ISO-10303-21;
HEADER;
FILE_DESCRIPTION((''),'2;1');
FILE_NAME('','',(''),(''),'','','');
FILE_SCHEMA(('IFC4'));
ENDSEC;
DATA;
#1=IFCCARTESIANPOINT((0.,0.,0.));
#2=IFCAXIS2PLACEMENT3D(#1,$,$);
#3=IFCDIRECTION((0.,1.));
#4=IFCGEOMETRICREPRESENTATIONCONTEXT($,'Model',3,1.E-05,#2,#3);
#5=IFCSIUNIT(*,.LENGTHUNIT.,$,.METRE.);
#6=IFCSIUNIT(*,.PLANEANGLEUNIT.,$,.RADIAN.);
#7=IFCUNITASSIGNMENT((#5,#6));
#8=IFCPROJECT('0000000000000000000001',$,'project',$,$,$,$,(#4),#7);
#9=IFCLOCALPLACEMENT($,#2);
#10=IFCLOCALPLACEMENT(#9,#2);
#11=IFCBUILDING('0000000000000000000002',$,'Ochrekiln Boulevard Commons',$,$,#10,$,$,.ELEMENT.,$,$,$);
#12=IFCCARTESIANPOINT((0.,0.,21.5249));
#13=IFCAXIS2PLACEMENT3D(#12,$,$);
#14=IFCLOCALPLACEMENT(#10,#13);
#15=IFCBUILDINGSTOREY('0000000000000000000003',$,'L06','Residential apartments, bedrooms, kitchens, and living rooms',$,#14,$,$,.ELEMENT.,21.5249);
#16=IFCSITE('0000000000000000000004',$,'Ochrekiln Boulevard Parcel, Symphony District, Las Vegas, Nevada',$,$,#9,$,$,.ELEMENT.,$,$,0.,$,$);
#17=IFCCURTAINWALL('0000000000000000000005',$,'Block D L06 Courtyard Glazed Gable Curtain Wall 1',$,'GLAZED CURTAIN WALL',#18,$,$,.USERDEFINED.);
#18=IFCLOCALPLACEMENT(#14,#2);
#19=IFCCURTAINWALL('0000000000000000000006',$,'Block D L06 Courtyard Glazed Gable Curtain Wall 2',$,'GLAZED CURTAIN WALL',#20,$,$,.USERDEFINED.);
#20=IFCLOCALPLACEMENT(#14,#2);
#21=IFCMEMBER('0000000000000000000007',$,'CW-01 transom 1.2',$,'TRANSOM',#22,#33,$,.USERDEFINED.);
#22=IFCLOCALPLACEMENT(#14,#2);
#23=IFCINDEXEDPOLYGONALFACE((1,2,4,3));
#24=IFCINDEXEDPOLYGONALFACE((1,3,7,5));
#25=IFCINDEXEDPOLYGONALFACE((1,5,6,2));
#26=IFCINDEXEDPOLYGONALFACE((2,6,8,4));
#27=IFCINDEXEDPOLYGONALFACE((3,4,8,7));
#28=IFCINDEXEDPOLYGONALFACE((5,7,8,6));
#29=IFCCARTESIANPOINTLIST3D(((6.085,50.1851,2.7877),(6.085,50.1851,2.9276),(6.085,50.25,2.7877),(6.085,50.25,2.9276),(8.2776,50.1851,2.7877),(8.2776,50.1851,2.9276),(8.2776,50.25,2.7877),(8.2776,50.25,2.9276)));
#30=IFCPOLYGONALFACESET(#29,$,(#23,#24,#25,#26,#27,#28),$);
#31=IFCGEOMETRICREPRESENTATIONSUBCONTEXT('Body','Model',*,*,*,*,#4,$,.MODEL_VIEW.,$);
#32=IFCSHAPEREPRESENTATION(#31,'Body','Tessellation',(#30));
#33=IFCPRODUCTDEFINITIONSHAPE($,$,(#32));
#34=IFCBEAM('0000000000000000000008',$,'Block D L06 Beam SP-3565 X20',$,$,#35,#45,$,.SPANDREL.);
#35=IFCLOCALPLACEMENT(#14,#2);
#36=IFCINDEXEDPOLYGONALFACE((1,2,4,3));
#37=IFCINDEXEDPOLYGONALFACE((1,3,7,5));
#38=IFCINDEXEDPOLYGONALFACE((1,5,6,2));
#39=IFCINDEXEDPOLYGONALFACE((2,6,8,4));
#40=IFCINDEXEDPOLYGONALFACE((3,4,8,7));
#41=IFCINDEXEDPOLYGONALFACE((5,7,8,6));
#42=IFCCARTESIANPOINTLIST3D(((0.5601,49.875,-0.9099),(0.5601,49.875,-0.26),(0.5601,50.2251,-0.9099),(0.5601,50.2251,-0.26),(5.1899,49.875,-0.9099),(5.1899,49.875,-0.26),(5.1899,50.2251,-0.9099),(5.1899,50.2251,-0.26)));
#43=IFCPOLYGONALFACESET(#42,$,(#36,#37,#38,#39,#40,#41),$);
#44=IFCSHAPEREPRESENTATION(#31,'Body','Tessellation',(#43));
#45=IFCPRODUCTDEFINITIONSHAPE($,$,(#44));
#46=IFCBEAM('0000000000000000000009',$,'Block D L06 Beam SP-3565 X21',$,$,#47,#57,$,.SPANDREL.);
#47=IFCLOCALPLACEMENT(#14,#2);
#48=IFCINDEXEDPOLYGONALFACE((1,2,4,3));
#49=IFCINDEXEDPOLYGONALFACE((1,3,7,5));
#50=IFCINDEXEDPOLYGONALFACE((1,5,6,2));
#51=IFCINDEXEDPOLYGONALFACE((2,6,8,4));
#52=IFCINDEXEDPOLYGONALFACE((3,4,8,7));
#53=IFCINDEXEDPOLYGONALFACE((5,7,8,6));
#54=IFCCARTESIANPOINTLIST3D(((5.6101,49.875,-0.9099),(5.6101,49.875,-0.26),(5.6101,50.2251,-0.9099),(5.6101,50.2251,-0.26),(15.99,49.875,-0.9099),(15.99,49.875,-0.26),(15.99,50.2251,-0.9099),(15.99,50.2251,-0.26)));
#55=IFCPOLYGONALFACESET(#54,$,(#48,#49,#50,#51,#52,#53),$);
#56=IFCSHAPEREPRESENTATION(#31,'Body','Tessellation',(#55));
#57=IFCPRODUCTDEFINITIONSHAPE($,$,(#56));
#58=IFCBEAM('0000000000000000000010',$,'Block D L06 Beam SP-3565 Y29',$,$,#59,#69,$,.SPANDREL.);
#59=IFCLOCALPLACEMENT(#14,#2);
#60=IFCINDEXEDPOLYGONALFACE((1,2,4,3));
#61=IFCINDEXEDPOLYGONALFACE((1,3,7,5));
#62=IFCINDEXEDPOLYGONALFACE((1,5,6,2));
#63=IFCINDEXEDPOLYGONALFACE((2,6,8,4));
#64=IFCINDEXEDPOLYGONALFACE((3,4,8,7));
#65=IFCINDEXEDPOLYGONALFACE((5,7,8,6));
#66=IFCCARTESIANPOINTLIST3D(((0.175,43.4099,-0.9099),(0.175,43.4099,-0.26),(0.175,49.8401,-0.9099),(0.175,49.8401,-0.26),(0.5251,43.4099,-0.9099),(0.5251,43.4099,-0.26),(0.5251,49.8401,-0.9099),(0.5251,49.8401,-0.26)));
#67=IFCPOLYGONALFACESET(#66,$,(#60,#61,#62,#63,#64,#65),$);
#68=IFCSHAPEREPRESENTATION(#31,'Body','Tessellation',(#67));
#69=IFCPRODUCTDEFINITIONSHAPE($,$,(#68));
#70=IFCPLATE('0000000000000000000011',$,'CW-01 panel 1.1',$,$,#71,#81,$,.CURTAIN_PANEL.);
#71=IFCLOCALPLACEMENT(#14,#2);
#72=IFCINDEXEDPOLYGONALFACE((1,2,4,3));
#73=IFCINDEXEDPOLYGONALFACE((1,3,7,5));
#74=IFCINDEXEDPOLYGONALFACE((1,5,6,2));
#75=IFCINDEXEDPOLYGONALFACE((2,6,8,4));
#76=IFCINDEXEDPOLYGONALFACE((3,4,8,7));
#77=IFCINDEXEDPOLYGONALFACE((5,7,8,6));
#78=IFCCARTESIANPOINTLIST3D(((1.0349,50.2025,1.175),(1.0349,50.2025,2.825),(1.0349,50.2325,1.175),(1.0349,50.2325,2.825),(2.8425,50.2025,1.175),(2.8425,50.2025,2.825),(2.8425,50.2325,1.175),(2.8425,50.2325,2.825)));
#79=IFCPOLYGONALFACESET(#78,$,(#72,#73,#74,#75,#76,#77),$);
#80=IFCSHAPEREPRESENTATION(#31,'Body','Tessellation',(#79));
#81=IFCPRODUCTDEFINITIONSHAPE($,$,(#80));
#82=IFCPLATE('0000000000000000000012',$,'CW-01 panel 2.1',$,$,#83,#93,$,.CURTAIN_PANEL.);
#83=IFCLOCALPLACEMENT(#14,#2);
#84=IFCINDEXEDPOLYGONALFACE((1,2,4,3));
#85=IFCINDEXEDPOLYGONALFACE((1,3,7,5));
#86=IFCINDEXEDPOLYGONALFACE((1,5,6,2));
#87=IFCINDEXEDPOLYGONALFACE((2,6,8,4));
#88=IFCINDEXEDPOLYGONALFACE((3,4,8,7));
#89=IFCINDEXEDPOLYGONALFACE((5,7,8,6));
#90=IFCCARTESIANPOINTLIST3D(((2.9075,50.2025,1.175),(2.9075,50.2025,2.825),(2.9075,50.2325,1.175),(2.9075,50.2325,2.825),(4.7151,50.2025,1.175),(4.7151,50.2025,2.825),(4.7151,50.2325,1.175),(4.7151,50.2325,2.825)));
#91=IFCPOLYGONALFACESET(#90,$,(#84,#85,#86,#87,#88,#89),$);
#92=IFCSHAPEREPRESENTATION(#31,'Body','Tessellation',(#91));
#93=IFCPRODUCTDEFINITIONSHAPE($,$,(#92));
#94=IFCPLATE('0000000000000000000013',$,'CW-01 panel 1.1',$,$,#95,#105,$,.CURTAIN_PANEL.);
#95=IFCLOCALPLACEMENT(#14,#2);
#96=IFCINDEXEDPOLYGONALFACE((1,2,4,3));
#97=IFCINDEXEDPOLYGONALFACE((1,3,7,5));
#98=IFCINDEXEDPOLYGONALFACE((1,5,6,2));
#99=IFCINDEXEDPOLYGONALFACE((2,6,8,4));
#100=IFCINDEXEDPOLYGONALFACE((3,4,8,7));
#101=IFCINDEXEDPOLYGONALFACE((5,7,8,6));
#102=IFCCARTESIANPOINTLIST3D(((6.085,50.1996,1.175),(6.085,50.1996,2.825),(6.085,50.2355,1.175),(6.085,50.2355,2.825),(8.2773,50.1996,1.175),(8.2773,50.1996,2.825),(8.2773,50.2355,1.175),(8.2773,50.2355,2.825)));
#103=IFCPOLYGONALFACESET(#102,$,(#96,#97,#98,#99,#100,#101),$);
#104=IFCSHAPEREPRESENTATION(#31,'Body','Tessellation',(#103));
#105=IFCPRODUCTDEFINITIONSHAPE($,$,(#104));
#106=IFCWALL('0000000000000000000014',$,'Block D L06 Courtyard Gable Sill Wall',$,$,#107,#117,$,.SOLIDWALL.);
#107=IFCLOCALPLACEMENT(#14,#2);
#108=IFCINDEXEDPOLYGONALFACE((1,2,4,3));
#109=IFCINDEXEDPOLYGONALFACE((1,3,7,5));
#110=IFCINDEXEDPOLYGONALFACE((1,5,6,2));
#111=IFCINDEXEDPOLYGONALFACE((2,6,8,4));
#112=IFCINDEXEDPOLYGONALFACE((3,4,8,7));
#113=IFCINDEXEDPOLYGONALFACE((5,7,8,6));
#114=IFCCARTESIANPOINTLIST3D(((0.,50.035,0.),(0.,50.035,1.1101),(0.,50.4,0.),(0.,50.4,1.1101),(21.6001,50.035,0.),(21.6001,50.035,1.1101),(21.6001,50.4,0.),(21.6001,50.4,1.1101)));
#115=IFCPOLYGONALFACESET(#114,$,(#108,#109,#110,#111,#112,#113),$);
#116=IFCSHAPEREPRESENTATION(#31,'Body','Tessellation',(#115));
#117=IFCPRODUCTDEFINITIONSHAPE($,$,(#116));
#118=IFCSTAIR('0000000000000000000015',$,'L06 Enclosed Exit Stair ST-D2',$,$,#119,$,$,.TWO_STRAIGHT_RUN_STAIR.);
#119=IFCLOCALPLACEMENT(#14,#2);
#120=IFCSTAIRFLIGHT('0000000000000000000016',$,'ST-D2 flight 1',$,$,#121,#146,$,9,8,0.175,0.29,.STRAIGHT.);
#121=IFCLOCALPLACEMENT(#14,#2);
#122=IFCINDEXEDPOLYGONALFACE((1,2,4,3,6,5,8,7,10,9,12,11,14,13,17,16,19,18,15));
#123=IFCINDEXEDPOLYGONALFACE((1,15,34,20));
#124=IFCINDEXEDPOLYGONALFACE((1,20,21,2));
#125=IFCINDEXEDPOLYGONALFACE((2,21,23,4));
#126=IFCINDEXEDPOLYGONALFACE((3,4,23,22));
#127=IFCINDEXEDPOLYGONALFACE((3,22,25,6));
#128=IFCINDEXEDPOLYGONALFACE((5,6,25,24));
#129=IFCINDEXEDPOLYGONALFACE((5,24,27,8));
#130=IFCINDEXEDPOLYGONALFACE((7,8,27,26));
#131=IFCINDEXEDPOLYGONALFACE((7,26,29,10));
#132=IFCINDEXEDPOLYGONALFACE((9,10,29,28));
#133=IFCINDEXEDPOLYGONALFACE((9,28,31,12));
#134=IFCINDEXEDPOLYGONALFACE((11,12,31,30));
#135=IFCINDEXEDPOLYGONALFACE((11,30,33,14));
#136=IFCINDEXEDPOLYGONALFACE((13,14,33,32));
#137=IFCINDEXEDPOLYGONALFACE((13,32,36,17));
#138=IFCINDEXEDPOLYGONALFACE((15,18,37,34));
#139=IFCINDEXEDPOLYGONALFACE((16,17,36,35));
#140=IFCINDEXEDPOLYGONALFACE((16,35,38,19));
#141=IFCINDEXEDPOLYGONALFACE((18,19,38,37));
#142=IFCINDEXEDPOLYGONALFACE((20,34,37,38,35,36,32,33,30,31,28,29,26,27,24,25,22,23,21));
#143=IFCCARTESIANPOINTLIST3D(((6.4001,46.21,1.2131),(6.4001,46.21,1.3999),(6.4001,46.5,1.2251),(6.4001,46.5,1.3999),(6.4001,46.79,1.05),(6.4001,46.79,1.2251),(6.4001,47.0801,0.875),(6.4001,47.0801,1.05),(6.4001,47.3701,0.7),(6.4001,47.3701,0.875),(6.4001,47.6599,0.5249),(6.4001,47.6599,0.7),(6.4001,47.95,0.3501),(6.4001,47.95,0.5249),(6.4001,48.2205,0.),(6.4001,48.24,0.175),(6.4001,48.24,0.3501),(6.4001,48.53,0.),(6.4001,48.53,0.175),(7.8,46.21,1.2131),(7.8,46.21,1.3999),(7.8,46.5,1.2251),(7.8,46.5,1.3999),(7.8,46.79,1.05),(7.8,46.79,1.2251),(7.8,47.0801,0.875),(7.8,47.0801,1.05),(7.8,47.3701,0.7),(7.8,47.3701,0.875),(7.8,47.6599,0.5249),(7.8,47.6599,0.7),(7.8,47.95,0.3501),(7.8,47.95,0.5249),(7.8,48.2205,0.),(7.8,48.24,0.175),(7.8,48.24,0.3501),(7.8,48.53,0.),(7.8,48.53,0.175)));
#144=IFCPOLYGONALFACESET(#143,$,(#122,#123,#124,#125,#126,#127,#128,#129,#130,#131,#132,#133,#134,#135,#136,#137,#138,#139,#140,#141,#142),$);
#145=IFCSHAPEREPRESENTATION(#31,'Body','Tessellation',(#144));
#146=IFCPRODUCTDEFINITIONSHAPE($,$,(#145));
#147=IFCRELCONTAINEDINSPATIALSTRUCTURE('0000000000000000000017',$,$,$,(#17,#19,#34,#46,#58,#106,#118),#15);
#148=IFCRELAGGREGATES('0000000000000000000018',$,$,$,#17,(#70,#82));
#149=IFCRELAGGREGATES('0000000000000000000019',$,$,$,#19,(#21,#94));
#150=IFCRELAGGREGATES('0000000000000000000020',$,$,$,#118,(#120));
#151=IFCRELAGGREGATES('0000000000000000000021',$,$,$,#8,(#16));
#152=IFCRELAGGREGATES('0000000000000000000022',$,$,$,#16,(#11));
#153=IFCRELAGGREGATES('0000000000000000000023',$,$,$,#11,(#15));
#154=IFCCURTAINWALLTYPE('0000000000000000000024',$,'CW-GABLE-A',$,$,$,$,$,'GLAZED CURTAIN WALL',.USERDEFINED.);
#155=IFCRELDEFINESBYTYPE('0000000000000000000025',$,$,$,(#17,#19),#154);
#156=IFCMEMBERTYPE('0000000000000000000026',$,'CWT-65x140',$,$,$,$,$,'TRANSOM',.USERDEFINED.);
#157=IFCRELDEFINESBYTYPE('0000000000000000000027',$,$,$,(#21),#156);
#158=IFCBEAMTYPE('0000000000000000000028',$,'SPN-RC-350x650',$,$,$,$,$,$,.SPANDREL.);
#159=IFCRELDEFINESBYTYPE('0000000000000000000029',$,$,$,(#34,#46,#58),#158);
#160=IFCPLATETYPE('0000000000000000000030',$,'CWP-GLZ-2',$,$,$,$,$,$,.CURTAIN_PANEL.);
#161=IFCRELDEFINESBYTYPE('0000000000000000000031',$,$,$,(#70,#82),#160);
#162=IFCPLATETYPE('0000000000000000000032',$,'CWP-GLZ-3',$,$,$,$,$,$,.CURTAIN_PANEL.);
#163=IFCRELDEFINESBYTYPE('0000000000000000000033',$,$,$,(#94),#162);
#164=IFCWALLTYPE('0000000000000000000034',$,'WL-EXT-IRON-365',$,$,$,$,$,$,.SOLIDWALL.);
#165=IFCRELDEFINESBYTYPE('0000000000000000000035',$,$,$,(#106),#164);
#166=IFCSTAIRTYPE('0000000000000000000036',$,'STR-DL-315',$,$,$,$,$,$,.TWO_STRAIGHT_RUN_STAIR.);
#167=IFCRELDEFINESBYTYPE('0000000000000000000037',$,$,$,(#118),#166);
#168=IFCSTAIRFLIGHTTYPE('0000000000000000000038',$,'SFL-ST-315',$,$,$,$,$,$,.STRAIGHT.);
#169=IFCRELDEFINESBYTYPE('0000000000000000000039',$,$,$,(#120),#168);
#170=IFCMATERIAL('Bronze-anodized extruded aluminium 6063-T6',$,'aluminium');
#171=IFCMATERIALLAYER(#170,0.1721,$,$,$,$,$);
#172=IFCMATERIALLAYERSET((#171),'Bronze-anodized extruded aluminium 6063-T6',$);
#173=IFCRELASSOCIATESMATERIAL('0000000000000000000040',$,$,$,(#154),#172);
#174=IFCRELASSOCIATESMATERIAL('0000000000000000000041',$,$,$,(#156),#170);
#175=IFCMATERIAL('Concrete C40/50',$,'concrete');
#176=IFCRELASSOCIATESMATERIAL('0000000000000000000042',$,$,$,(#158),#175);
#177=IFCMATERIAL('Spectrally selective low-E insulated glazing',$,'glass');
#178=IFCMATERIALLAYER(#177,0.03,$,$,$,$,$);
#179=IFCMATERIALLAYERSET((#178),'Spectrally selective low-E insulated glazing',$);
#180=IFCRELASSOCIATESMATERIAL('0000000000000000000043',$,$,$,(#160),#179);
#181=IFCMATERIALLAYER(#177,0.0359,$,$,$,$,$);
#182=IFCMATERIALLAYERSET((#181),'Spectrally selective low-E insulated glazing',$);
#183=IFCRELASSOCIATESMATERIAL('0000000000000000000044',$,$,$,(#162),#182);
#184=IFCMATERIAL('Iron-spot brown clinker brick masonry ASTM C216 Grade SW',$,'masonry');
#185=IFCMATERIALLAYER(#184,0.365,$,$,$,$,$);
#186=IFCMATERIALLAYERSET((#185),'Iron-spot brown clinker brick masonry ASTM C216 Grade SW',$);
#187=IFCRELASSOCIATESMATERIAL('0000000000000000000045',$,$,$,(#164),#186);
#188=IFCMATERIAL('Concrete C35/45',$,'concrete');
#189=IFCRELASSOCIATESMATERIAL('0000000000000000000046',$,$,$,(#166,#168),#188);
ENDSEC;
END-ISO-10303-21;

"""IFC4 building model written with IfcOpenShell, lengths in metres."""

from ifc_helpers import new_model, si_unit, direction, frame, frame_2d, origin, origin_2d, place, context, subcontext, project, spatial, polyline, rectangle, outline, extrude, material, layer, layer_set, material_profile, profile_set, type_object, element, aggregate, save


model = new_model("IFC4")

# Units and contexts
model_context = context("Model", 3, precision=1e-05, world=origin(), true_north=direction((0.0, 1.0)))
body_context = subcontext(model_context, "Body", "Model", "MODEL_VIEW")
ifc_project = project(units=[si_unit("LENGTHUNIT", "METRE"), si_unit("PLANEANGLEUNIT", "RADIAN")], contexts=[model_context])

# Site, building, storey
site_placement = place(None, origin())
site = spatial("IfcSite", under=ifc_project, at=site_placement, Name="Ochrekiln Boulevard Parcel, Symphony District, Las Vegas, Nevada", CompositionType="ELEMENT", RefElevation=0.0)
building_placement = place(site_placement, origin())
building = spatial("IfcBuilding", under=site, at=building_placement, Name="Ochrekiln Boulevard Commons", CompositionType="ELEMENT")
storey_placement = place(building_placement, frame((0.0, 0.0, 21.5249)))
storey = spatial("IfcBuildingStorey", under=building, at=storey_placement, Name="L06", Description="Residential apartments, bedrooms, kitchens, and living rooms", CompositionType="ELEMENT", Elevation=21.5249)

# Shared definitions
ifc_material_1 = material(Name="Concrete C35/45", Category="concrete")
ifc_material_2 = material(Name="Concrete C40/50", Category="concrete")

# Curtain wall
ifc_material_3 = material(Name="Bronze-anodized extruded aluminium 6063-T6", Category="aluminium")
ifc_layer_1 = layer(ifc_material_3, 0.1721)
ifc_layer_set_1 = layer_set([ifc_layer_1], Name="Bronze-anodized extruded aluminium 6063-T6")
curtain_wall_type = type_object("IfcCurtainWallType", Name="CW-GABLE-A", ElementType="GLAZED CURTAIN WALL", PredefinedType="USERDEFINED", material=ifc_layer_set_1)
curtain_wall_1_placement = place(storey_placement, origin())
curtain_wall_1 = element("IfcCurtainWall", 1, at=curtain_wall_1_placement, inside=storey, type_object=curtain_wall_type, Name="Block D L06 Courtyard Glazed Gable Curtain Wall 1", ObjectType="GLAZED CURTAIN WALL", PredefinedType="USERDEFINED")

# Curtain wall
curtain_wall_2_placement = place(storey_placement, origin())
curtain_wall_2 = element("IfcCurtainWall", 2, at=curtain_wall_2_placement, inside=storey, type_object=curtain_wall_type, Name="Block D L06 Courtyard Glazed Gable Curtain Wall 2", ObjectType="GLAZED CURTAIN WALL", PredefinedType="USERDEFINED")

# Member
ifc_material_profile_1 = material_profile(ifc_material_3, rectangle(XDim=0.0649, YDim=0.1399, at=origin_2d()), Name="ALU-TRN-65x140")
ifc_profile_set_1 = profile_set([ifc_material_profile_1], Name="Bronze-anodized extruded aluminium 6063-T6")
member_type_1 = type_object("IfcMemberType", Name="CWT-65x140", ElementType="TRANSOM", PredefinedType="USERDEFINED", material=ifc_profile_set_1)
member_1_placement = place(storey_placement, frame((6.085, 50.2175, 2.8577), z_axis=(1.0, 0.0, 0.0), x_axis=(0.0, 1.0, 0.0)))
member_1 = element("IfcMember", 3, at=member_1_placement, type_object=member_type_1, Name="CW-01 transom 1.2", ObjectType="TRANSOM", PredefinedType="USERDEFINED", context=body_context, shape_type="SweptSolid", body=[
    extrude(rectangle(XDim=0.0649, YDim=0.1399, at=origin_2d()), origin(), (0.0, 0.0, 1.0), 2.1926),
])

# Beams
ifc_material_profile_2 = material_profile(ifc_material_2, rectangle(XDim=0.3501, YDim=0.6499, at=origin_2d()), Name="RC-SPN-350x650")
ifc_profile_set_2 = profile_set([ifc_material_profile_2], Name="Concrete C40/50")
beam_type_1 = type_object("IfcBeamType", Name="SPN-RC-350x650", PredefinedType="SPANDREL", material=ifc_profile_set_2)
beam_1_placement = place(storey_placement, frame((0.5601, 50.05, -0.585), z_axis=(1.0, 0.0, 0.0), x_axis=(0.0, 1.0, 0.0)))
element("IfcBeam", 4, at=beam_1_placement, inside=storey, type_object=beam_type_1, Name="Block D L06 Beam SP-3565 X20", PredefinedType="SPANDREL", context=body_context, shape_type="SweptSolid", body=[
    extrude(rectangle(XDim=0.3501, YDim=0.6499, at=origin_2d()), origin(), (0.0, 0.0, 1.0), 4.6299),
])
beam_2_placement = place(storey_placement, frame((5.6101, 50.05, -0.585), z_axis=(1.0, 0.0, 0.0), x_axis=(0.0, 1.0, 0.0)))
element("IfcBeam", 5, at=beam_2_placement, inside=storey, type_object=beam_type_1, Name="Block D L06 Beam SP-3565 X21", PredefinedType="SPANDREL", context=body_context, shape_type="SweptSolid", body=[
    extrude(rectangle(XDim=0.3501, YDim=0.6499, at=origin_2d()), origin(), (0.0, 0.0, 1.0), 10.3799),
])
beam_3_placement = place(storey_placement, frame((0.3501, 43.4099, -0.585), z_axis=(0.0, 1.0, 0.0), x_axis=(-1.0, 0.0, 0.0)))
element("IfcBeam", 6, at=beam_3_placement, inside=storey, type_object=beam_type_1, Name="Block D L06 Beam SP-3565 Y29", PredefinedType="SPANDREL", context=body_context, shape_type="SweptSolid", body=[
    extrude(rectangle(XDim=0.3501, YDim=0.6499, at=origin_2d()), origin(), (0.0, 0.0, 1.0), 6.4302),
])

# Plates
ifc_material_4 = material(Name="Spectrally selective low-E insulated glazing", Category="glass")
ifc_layer_2 = layer(ifc_material_4, 0.03)
ifc_layer_set_2 = layer_set([ifc_layer_2], Name="Spectrally selective low-E insulated glazing")
plate_type_1 = type_object("IfcPlateType", Name="CWP-GLZ-2", PredefinedType="CURTAIN_PANEL", material=ifc_layer_set_2)
plate_1_placement = place(storey_placement, frame((1.9387, 50.2175, 1.175), z_axis=(0.0, 0.0, 1.0), x_axis=(1.0, 0.0, 0.0)))
plate_1 = element("IfcPlate", 7, at=plate_1_placement, type_object=plate_type_1, Name="CW-01 panel 1.1", PredefinedType="CURTAIN_PANEL", context=body_context, shape_type="SweptSolid", body=[
    extrude(rectangle(XDim=1.8076, YDim=0.03, at=origin_2d()), origin(), (0.0, 0.0, 1.0), 1.6499),
])
plate_2_placement = place(storey_placement, frame((3.8113, 50.2175, 1.175), z_axis=(0.0, 0.0, 1.0), x_axis=(1.0, 0.0, 0.0)))
plate_2 = element("IfcPlate", 8, at=plate_2_placement, type_object=plate_type_1, Name="CW-01 panel 2.1", PredefinedType="CURTAIN_PANEL", context=body_context, shape_type="SweptSolid", body=[
    extrude(rectangle(XDim=1.8076, YDim=0.03, at=origin_2d()), origin(), (0.0, 0.0, 1.0), 1.6499),
])
aggregate(curtain_wall_1, [plate_1, plate_2])
ifc_layer_3 = layer(ifc_material_4, 0.0359)
ifc_layer_set_3 = layer_set([ifc_layer_3], Name="Spectrally selective low-E insulated glazing")
plate_type_2 = type_object("IfcPlateType", Name="CWP-GLZ-3", PredefinedType="CURTAIN_PANEL", material=ifc_layer_set_3)
plate_3_placement = place(storey_placement, frame((7.1812, 50.2175, 1.175), z_axis=(0.0, 0.0, 1.0), x_axis=(1.0, 0.0, 0.0)))
plate_3 = element("IfcPlate", 9, at=plate_3_placement, type_object=plate_type_2, Name="CW-01 panel 1.1", PredefinedType="CURTAIN_PANEL", context=body_context, shape_type="SweptSolid", body=[
    extrude(rectangle(XDim=2.1924, YDim=0.0359, at=origin_2d()), origin(), (0.0, 0.0, 1.0), 1.6499),
])
aggregate(curtain_wall_2, [member_1, plate_3])

# Wall
ifc_material_5 = material(Name="Iron-spot brown clinker brick masonry ASTM C216 Grade SW", Category="masonry")
ifc_layer_4 = layer(ifc_material_5, 0.365)
ifc_layer_set_4 = layer_set([ifc_layer_4], Name="Iron-spot brown clinker brick masonry ASTM C216 Grade SW")
wall_type = type_object("IfcWallType", Name="WL-EXT-IRON-365", PredefinedType="SOLIDWALL", material=ifc_layer_set_4)
wall_placement = place(storey_placement, frame((0.0, 50.2175, 0.0), z_axis=(0.0, 0.0, 1.0), x_axis=(1.0, 0.0, 0.0)))
element("IfcWall", 10, at=wall_placement, inside=storey, type_object=wall_type, Name="Block D L06 Courtyard Gable Sill Wall", PredefinedType="SOLIDWALL", context=body_context, shape_type="SweptSolid", body=[
    extrude(rectangle(XDim=21.6001, YDim=0.365, at=frame_2d((10.8, 0.0))), origin(), (0.0, 0.0, 1.0), 1.1101),
])

# Stair, stair flight
stair_type = type_object("IfcStairType", Name="STR-DL-315", PredefinedType="TWO_STRAIGHT_RUN_STAIR", material=ifc_material_1)
stair_placement = place(storey_placement, origin())
stair = element("IfcStair", 11, at=stair_placement, inside=storey, type_object=stair_type, Name="L06 Enclosed Exit Stair ST-D2", PredefinedType="TWO_STRAIGHT_RUN_STAIR")
stair_flight_type = type_object("IfcStairFlightType", Name="SFL-ST-315", PredefinedType="STRAIGHT", material=ifc_material_1)
stair_flight_placement = place(storey_placement, frame((7.1001, 48.53, 0.0), z_axis=(0.0, 0.0, 1.0), x_axis=(0.0, -1.0, 0.0)))
stair_flight = element("IfcStairFlight", 12, at=stair_flight_placement, type_object=stair_flight_type, Name="ST-D2 flight 1", NumberOfRisers=9, NumberOfTreads=8, PredefinedType="STRAIGHT", RiserHeight=0.175, TreadLength=0.29, context=body_context, shape_type="SweptSolid", body=[
    extrude(outline(polyline([(0.0, 0.0), (0.0, 0.175), (0.29, 0.175), (0.29, 0.3501), (0.5801, 0.3501), (0.5801, 0.5249), (0.8701, 0.5249), (0.8701, 0.7), (1.1599, 0.7), (1.1599, 0.875), (1.45, 0.875), (1.45, 1.05), (1.74, 1.05), (1.74, 1.2251), (2.03, 1.2251), (2.03, 1.3999), (2.3201, 1.3999), (2.3201, 1.575), (2.3201, 1.2131), (0.3096, 0.0), (0.0, 0.0)])), frame((0.0, 0.7, 0.0), z_axis=(0.0, -1.0, 0.0), x_axis=(1.0, 0.0, 0.0)), (0.0, 0.0, 1.0), 1.3999),
])
aggregate(stair, [stair_flight])

save(model, "model.ifc")
